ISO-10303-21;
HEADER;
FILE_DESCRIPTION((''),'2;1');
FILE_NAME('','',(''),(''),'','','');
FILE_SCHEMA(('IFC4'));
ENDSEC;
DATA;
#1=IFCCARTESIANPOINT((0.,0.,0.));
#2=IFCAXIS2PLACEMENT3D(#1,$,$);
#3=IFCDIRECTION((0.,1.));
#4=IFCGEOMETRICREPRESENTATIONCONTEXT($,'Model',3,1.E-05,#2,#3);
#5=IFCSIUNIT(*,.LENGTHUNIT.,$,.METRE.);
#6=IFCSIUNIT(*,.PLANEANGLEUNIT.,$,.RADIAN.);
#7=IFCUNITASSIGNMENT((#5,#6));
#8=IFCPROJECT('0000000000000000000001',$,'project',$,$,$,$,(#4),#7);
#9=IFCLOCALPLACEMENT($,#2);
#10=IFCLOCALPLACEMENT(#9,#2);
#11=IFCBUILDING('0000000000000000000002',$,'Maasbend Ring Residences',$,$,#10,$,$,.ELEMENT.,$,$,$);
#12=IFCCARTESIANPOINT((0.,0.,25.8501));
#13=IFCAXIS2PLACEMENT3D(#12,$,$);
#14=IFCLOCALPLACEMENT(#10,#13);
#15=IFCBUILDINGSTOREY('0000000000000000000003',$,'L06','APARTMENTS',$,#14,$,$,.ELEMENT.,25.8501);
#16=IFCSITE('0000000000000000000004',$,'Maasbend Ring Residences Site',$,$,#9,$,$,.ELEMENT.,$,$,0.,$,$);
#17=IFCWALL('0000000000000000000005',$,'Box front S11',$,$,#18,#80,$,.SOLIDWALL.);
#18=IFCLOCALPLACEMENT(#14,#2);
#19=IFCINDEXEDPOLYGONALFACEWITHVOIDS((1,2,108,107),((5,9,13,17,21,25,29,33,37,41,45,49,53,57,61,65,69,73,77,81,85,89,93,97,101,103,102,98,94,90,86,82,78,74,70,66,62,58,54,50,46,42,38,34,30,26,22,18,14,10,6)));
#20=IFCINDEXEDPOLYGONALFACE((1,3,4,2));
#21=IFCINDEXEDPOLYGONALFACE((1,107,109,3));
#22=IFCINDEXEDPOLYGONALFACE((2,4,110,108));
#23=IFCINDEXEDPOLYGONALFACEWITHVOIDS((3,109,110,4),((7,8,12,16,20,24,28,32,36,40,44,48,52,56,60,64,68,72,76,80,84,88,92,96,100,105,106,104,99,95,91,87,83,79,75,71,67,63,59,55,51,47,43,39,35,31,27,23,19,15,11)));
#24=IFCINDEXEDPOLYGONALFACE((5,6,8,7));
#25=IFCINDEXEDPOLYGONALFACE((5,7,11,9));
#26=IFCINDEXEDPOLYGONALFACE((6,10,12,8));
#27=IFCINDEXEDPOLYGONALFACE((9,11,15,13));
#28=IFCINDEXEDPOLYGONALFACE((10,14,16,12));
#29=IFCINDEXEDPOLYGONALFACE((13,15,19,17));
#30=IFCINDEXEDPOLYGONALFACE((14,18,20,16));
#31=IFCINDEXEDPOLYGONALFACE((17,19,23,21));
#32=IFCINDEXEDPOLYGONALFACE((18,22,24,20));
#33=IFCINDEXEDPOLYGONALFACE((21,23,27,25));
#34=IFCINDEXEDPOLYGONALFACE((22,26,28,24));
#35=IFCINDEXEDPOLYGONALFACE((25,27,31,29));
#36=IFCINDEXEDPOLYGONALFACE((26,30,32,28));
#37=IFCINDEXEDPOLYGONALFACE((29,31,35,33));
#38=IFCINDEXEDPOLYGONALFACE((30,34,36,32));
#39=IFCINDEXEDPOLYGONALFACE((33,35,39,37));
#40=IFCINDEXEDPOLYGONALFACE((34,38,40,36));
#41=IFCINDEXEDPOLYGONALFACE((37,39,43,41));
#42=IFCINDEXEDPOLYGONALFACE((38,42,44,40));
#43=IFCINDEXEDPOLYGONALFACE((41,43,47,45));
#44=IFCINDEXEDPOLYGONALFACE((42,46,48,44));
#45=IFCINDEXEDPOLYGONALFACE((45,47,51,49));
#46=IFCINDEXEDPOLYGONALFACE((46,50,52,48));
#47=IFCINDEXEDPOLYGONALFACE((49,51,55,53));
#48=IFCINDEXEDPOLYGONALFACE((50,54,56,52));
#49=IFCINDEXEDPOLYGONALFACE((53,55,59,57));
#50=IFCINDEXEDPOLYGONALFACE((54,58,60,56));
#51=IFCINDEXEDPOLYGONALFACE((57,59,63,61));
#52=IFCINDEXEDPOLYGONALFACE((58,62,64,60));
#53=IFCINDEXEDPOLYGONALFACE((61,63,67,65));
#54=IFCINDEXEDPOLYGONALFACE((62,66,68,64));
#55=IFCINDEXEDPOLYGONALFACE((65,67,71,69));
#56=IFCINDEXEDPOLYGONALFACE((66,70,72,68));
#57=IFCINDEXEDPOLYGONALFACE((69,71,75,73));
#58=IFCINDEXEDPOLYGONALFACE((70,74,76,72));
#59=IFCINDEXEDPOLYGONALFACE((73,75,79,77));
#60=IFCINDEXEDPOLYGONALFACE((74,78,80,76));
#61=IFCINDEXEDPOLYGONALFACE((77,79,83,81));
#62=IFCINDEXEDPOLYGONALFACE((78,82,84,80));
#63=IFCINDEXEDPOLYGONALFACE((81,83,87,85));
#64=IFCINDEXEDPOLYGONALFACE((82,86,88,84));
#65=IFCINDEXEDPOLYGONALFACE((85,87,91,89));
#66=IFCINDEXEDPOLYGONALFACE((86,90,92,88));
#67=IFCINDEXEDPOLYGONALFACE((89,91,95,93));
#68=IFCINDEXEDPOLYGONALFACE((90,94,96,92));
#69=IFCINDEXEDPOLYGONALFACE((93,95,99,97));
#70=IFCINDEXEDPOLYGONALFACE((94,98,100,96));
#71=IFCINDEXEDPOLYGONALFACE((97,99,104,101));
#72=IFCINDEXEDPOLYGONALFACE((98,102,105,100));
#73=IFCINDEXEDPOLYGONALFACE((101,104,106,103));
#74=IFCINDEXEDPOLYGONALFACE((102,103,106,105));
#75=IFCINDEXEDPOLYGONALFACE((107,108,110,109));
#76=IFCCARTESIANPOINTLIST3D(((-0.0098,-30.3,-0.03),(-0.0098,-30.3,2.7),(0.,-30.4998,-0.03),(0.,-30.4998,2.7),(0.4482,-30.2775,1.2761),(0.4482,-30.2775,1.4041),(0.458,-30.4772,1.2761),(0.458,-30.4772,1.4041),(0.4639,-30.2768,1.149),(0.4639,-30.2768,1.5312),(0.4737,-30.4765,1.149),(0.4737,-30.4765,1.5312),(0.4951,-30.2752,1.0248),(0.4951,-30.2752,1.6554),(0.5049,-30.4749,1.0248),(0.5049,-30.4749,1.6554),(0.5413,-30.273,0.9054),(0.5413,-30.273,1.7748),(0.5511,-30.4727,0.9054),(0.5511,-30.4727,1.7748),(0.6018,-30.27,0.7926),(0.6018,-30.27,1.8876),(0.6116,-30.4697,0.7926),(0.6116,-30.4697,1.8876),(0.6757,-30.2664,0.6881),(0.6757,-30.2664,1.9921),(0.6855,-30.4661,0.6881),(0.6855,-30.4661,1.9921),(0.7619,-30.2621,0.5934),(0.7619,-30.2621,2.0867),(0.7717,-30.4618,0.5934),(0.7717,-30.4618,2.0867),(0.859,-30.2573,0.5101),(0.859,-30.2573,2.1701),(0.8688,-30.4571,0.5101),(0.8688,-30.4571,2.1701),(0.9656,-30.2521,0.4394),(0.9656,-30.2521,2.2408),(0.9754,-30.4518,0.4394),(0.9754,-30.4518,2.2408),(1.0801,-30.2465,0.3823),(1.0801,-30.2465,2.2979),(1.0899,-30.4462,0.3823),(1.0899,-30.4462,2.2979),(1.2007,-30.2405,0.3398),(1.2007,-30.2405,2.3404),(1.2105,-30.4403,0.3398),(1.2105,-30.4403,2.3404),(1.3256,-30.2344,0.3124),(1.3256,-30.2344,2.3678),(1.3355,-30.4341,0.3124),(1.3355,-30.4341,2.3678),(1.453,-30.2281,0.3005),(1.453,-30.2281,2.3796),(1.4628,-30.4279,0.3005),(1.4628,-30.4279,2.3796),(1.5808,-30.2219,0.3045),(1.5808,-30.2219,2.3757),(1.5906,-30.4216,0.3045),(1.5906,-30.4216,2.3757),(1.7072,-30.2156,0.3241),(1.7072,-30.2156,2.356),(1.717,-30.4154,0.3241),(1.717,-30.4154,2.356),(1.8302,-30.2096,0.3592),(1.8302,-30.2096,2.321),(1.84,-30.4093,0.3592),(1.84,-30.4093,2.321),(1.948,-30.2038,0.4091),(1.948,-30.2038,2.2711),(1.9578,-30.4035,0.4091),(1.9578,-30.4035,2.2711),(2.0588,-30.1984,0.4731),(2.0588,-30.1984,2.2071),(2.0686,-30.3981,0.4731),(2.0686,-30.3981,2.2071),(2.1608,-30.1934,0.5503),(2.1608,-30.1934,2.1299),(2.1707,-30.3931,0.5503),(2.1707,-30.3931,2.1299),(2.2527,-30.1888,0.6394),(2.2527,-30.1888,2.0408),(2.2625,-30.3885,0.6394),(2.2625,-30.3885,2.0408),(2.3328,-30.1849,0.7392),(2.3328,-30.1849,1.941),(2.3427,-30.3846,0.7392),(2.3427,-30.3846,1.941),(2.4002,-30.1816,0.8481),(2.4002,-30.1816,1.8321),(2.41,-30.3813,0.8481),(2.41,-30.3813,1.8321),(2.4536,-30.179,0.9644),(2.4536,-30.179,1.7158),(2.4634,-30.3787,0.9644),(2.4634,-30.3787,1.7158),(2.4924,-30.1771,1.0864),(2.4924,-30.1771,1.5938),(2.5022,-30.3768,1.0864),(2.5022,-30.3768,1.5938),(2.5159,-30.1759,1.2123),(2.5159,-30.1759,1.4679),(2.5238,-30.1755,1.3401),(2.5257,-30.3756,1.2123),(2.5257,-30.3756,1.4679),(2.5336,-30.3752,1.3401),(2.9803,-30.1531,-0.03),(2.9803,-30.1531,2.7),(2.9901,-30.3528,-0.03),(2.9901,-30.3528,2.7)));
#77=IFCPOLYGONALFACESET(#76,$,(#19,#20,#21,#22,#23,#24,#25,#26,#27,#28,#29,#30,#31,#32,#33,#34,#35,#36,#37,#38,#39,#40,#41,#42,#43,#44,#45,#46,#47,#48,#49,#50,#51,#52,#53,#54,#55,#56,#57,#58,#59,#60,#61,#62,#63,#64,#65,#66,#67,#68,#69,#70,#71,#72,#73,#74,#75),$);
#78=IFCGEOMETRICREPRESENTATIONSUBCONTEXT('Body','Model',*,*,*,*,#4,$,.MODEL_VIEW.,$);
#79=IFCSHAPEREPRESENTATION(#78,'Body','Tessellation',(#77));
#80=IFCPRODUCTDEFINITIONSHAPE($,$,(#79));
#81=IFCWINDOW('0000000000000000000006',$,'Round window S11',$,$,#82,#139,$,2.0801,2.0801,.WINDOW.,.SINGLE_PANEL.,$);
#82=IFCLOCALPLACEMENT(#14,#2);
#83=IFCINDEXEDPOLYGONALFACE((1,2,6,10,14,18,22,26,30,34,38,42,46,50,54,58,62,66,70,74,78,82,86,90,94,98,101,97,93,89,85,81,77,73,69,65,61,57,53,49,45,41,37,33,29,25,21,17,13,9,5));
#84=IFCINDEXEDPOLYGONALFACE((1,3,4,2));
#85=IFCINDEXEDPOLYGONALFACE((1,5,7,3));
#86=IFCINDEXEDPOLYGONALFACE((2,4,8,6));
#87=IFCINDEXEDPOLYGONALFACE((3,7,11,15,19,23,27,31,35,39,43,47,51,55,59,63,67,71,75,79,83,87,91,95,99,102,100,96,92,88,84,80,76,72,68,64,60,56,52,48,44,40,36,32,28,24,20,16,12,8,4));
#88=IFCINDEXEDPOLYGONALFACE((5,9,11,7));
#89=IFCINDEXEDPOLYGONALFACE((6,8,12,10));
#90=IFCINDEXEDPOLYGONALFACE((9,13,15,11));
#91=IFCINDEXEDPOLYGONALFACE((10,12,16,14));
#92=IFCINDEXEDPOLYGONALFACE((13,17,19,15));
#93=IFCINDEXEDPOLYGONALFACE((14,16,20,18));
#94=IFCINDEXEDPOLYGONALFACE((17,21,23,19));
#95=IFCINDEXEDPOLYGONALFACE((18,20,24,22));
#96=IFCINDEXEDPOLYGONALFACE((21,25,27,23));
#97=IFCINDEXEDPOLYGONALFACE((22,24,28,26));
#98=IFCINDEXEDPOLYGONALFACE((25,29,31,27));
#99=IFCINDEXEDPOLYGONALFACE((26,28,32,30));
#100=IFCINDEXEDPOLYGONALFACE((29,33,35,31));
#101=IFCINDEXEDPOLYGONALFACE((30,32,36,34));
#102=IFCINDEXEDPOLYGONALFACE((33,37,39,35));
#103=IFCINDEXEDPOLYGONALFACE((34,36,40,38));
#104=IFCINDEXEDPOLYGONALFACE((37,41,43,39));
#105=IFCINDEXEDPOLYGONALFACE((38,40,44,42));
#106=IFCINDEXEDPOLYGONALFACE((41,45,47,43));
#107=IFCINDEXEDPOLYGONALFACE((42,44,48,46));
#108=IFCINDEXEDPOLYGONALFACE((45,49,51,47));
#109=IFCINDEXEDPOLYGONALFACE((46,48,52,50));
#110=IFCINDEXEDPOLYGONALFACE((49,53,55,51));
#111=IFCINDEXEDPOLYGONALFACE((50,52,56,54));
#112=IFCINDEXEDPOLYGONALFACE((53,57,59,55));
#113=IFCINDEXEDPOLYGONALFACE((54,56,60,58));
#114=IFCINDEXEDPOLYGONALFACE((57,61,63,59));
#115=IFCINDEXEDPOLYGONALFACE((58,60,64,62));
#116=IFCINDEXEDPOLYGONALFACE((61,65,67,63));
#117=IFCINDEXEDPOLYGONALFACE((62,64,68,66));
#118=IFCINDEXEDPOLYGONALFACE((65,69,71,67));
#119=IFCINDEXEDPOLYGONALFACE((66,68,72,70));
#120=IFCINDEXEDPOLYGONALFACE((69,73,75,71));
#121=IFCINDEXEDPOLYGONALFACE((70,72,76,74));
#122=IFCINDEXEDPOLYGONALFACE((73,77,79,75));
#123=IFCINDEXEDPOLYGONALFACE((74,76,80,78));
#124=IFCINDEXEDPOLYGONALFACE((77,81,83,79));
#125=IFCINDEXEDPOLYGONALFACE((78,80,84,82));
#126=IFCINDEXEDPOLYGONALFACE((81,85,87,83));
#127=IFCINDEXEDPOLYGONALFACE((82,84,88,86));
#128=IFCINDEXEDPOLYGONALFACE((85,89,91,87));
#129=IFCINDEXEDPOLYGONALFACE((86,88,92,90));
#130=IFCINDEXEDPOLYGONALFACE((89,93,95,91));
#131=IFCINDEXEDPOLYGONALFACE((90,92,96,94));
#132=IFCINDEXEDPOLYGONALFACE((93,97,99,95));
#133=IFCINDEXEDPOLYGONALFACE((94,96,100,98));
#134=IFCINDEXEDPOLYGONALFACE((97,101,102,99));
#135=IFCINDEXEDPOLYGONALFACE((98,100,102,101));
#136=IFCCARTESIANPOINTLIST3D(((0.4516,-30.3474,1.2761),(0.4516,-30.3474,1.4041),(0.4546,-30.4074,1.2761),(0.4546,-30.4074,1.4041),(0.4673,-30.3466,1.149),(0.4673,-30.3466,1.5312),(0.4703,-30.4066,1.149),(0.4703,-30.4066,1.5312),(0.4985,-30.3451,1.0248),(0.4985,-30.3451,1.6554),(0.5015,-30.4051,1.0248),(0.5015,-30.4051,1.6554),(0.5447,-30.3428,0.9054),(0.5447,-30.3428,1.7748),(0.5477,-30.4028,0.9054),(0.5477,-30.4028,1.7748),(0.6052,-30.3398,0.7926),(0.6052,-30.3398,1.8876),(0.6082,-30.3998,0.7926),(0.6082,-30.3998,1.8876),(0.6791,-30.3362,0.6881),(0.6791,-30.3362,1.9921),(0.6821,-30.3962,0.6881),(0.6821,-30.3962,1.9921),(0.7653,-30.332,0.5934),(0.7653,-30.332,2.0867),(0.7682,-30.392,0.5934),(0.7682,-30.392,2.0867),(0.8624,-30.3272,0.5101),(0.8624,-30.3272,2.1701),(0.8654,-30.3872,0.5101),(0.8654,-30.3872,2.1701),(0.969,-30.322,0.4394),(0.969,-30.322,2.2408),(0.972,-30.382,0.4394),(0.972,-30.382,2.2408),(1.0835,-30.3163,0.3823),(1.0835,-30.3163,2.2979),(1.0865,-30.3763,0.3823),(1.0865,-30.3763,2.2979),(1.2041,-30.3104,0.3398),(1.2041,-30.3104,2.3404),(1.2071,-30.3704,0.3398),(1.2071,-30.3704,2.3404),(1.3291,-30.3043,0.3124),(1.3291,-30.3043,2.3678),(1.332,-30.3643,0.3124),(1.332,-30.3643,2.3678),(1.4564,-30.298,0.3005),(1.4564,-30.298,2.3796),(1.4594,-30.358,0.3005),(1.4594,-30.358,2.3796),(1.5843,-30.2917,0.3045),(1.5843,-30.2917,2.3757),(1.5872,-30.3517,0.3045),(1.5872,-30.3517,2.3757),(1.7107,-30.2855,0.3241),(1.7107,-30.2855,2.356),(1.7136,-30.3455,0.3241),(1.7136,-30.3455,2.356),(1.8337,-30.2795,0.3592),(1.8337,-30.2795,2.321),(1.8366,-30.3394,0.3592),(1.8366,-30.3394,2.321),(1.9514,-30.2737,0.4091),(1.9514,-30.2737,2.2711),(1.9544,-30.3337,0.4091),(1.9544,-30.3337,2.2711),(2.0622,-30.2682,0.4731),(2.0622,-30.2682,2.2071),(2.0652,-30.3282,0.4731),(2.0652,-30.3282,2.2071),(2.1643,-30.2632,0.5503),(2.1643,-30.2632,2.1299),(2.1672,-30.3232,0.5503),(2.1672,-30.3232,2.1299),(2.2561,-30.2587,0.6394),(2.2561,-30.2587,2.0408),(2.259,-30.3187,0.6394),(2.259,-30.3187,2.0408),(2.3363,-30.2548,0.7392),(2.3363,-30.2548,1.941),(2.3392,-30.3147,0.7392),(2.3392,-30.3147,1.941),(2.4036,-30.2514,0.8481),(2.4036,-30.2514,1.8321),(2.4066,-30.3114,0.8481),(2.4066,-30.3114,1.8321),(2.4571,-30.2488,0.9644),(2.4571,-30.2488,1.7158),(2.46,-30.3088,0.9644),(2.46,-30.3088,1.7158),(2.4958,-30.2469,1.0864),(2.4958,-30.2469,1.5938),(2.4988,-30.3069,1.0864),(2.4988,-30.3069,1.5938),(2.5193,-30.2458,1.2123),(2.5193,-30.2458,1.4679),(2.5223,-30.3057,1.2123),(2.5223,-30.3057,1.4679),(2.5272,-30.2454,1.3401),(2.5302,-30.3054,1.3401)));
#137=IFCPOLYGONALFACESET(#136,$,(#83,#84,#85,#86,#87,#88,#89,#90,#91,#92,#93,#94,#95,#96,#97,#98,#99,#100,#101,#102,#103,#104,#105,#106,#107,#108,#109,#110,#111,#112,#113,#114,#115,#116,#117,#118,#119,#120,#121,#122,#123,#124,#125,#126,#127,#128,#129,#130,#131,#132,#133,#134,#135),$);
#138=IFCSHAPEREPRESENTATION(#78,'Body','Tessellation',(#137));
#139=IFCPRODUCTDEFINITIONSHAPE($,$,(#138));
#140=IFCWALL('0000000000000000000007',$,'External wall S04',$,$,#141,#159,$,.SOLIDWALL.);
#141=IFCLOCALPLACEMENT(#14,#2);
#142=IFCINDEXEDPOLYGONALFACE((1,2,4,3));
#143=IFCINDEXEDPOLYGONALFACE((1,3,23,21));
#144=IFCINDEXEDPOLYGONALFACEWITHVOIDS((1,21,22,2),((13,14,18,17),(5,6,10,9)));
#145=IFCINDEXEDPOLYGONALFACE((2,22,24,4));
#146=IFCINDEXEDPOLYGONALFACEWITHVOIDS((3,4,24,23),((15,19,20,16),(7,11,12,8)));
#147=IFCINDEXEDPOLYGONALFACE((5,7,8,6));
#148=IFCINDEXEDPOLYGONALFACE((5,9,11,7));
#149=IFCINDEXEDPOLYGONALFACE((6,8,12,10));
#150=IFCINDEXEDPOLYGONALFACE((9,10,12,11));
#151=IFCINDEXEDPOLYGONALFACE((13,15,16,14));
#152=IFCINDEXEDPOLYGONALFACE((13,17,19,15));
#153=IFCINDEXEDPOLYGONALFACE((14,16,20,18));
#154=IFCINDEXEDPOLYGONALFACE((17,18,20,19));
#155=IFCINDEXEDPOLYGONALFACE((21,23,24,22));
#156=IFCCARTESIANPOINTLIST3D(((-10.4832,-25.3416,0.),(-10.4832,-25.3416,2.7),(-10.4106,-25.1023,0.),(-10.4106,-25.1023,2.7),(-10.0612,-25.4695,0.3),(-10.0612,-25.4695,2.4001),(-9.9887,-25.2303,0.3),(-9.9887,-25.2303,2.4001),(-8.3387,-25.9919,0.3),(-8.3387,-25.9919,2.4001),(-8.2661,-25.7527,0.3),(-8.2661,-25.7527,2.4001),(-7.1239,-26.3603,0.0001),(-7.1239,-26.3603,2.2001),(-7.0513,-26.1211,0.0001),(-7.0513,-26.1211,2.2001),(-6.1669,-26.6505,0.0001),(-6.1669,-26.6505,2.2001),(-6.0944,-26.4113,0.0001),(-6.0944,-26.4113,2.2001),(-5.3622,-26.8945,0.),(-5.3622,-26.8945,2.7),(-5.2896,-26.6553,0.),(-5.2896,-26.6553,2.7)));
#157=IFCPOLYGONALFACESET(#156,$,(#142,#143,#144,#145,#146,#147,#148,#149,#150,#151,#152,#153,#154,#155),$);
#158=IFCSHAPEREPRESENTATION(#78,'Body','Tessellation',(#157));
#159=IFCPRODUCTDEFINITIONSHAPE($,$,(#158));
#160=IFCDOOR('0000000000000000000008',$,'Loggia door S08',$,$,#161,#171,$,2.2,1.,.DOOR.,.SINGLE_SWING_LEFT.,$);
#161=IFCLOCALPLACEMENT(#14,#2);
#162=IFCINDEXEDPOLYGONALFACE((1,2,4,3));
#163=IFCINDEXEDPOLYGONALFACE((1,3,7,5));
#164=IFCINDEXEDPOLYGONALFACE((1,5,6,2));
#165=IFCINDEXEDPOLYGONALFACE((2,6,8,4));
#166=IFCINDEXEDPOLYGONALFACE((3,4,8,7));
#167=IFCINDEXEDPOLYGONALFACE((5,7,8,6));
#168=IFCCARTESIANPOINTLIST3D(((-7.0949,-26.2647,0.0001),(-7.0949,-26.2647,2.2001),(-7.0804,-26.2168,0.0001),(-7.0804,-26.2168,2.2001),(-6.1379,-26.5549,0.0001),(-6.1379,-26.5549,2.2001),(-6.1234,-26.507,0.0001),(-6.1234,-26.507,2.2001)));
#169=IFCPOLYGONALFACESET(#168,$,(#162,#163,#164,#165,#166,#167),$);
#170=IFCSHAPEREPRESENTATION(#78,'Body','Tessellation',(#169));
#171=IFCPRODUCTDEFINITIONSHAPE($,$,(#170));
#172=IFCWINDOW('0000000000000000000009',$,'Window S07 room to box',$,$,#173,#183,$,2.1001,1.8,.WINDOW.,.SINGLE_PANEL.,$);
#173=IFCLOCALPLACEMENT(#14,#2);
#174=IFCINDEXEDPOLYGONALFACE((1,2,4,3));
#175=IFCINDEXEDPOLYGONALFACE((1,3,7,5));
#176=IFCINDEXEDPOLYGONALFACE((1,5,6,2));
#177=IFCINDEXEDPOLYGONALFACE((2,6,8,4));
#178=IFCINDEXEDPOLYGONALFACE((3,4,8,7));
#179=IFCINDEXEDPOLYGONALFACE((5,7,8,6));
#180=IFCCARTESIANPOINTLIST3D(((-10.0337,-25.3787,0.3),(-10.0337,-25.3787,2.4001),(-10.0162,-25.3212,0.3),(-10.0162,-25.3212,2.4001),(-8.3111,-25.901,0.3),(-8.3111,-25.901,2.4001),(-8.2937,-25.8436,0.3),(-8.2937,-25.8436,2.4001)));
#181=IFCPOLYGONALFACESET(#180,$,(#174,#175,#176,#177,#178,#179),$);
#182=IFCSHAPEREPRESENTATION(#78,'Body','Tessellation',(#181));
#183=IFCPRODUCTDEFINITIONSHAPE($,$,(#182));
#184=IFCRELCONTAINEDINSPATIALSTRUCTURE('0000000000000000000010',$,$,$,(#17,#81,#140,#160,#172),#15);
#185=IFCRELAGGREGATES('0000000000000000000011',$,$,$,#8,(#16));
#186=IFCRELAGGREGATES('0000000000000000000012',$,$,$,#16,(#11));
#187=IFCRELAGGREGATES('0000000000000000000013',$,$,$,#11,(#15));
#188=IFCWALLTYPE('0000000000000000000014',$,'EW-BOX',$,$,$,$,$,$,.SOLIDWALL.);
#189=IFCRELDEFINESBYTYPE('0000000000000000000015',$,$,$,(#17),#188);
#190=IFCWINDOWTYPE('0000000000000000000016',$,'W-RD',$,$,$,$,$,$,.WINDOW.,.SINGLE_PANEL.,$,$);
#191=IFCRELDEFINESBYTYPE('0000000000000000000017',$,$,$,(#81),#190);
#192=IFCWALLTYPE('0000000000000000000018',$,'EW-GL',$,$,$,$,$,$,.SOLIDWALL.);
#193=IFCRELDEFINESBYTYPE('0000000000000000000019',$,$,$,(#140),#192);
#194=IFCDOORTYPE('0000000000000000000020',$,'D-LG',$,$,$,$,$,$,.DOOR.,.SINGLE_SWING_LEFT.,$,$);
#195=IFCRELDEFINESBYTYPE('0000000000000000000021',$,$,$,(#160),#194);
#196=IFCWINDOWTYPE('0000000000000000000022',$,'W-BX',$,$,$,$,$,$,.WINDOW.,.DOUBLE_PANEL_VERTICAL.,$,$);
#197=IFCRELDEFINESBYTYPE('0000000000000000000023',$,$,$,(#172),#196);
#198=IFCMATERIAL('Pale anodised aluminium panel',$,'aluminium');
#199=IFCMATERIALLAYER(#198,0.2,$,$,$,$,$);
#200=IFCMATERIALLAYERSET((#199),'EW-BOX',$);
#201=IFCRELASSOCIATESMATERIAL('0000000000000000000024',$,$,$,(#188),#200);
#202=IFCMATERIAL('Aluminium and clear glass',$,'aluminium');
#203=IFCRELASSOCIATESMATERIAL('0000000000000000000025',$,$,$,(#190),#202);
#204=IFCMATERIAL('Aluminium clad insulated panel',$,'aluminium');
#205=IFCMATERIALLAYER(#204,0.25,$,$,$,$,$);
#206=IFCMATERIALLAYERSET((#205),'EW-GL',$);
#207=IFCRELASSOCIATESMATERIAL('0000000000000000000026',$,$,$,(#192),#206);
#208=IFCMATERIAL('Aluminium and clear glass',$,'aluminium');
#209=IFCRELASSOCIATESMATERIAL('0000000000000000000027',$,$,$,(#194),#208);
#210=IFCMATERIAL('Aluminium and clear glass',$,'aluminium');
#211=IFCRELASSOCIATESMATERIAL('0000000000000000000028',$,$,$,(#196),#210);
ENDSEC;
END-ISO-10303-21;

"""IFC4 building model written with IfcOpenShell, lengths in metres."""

from ifc_helpers import new_model, si_unit, direction, frame, frame_2d, origin, place, context, subcontext, project, spatial, rectangle, circle, extrude, material, layer, layer_set, type_object, element, fill, save


model = new_model("IFC4")

# Units and contexts
model_context = context("Model", 3, precision=1e-05, world=origin(), true_north=direction((0.0, 1.0)))
body_context = subcontext(model_context, "Body", "Model", "MODEL_VIEW")
ifc_project = project(units=[si_unit("LENGTHUNIT", "METRE"), si_unit("PLANEANGLEUNIT", "RADIAN")], contexts=[model_context])

# Site, building, storey
site_placement = place(None, origin())
site = spatial("IfcSite", under=ifc_project, at=site_placement, Name="Maasbend Ring Residences Site", CompositionType="ELEMENT", RefElevation=0.0)
building_placement = place(site_placement, origin())
building = spatial("IfcBuilding", under=site, at=building_placement, Name="Maasbend Ring Residences", CompositionType="ELEMENT")
storey_placement = place(building_placement, frame((0.0, 0.0, 25.8501)))
storey = spatial("IfcBuildingStorey", under=building, at=storey_placement, Name="L06", Description="APARTMENTS", CompositionType="ELEMENT", Elevation=25.8501)

# Shared definitions
ifc_material_1 = material(Name="Pale anodised aluminium panel", Category="aluminium")
ifc_layer_1 = layer(ifc_material_1, 0.2)
ifc_layer_set_1 = layer_set([ifc_layer_1], Name="EW-BOX")
wall_type_1 = type_object("IfcWallType", Name="EW-BOX", PredefinedType="SOLIDWALL", material=ifc_layer_set_1)

# Shared definitions
ifc_material_2 = material(Name="Aluminium and clear glass", Category="aluminium")
window_type_1 = type_object("IfcWindowType", Name="W-RD", PartitioningType="SINGLE_PANEL", PredefinedType="WINDOW", material=ifc_material_2)

# Wall, opening, window
wall_1_placement = place(storey_placement, frame((-0.0049, -30.3999, -0.03), z_axis=(0.0, 0.0, 1.0), x_axis=(0.998794, 0.049096, 0.0)))
wall_1 = element("IfcWall", 1, at=wall_1_placement, inside=storey, type_object=wall_type_1, Name="Box front S11", PredefinedType="SOLIDWALL", context=body_context, shape_type="SweptSolid", body=[
    extrude(rectangle(XDim=2.9937, YDim=0.2, at=frame_2d((1.4968, 0.0))), origin(), (0.0, 0.0, 1.0), 2.73),
])
opening_1_placement = place(wall_1_placement, frame((0.4565, 0.0, 0.3301)))
opening_1 = element("IfcOpeningElement", 2, at=opening_1_placement, cuts=wall_1, PredefinedType="OPENING", context=body_context, shape_type="SweptSolid", body=[
    extrude(circle(Radius=1.04, at=frame_2d((1.04, 1.04))), frame((0.0, 0.1099, 0.0), z_axis=(0.0, -1.0, 0.0), x_axis=(1.0, 0.0, 0.0)), (0.0, 0.0, 1.0), 0.22),
])
window_1_placement = place(opening_1_placement, origin())
window_1 = element("IfcWindow", 3, at=window_1_placement, inside=storey, type_object=window_type_1, Name="Round window S11", OverallHeight=2.0801, OverallWidth=2.0801, PartitioningType="SINGLE_PANEL", PredefinedType="WINDOW", context=body_context, shape_type="SweptSolid", body=[
    extrude(circle(Radius=1.04, at=frame_2d((1.04, 1.04))), frame((0.0, 0.03, 0.0), z_axis=(0.0, -1.0, 0.0), x_axis=(1.0, 0.0, 0.0)), (0.0, 0.0, 1.0), 0.0601),
])
fill(opening_1, window_1)

# Wall, openings, door, window
ifc_material_3 = material(Name="Aluminium clad insulated panel", Category="aluminium")
ifc_layer_2 = layer(ifc_material_3, 0.25)
ifc_layer_set_2 = layer_set([ifc_layer_2], Name="EW-GL")
wall_type_2 = type_object("IfcWallType", Name="EW-GL", PredefinedType="SOLIDWALL", material=ifc_layer_set_2)
wall_2_placement = place(storey_placement, frame((-10.447, -25.2219, 0.0), z_axis=(0.0, 0.0, 1.0), x_axis=(0.956966, -0.290201, 0.0)))
wall_2 = element("IfcWall", 4, at=wall_2_placement, inside=storey, type_object=wall_type_2, Name="External wall S04", PredefinedType="SOLIDWALL", context=body_context, shape_type="SweptSolid", body=[
    extrude(rectangle(XDim=5.3513, YDim=0.25, at=frame_2d((2.6758, 0.0))), origin(), (0.0, 0.0, 1.0), 2.7),
])
opening_2_placement = place(wall_2_placement, frame((0.4412, 0.0, 0.3)))
opening_2 = element("IfcOpeningElement", 5, at=opening_2_placement, cuts=wall_2, PredefinedType="OPENING", context=body_context, shape_type="SweptSolid", body=[
    extrude(rectangle(XDim=1.8, YDim=2.1001, at=frame_2d((0.8999, 1.05))), frame((0.0, 0.135, 0.0), z_axis=(0.0, -1.0, 0.0), x_axis=(1.0, 0.0, 0.0)), (0.0, 0.0, 1.0), 0.27),
])
opening_3_placement = place(wall_2_placement, frame((3.5105, 0.0, 0.0)))
opening_3 = element("IfcOpeningElement", 6, at=opening_3_placement, cuts=wall_2, PredefinedType="OPENING", context=body_context, shape_type="SweptSolid", body=[
    extrude(rectangle(XDim=1.0, YDim=2.2, at=frame_2d((0.5, 1.1001))), frame((0.0, 0.135, 0.0), z_axis=(0.0, -1.0, 0.0), x_axis=(1.0, 0.0, 0.0)), (0.0, 0.0, 1.0), 0.27),
])
ifc_material_4 = material(Name="Aluminium and clear glass", Category="aluminium")
door_type_1 = type_object("IfcDoorType", Name="D-LG", OperationType="SINGLE_SWING_LEFT", PredefinedType="DOOR", material=ifc_material_4)
door_1_placement = place(opening_3_placement, origin())
door_1 = element("IfcDoor", 7, at=door_1_placement, inside=storey, type_object=door_type_1, Name="Loggia door S08", OperationType="SINGLE_SWING_LEFT", OverallHeight=2.2, OverallWidth=1.0, PredefinedType="DOOR", context=body_context, shape_type="SweptSolid", body=[
    extrude(rectangle(XDim=1.0, YDim=2.2, at=frame_2d((0.5, 1.1001))), frame((0.0, 0.0249, 0.0), z_axis=(0.0, -1.0, 0.0), x_axis=(1.0, 0.0, 0.0)), (0.0, 0.0, 1.0), 0.05),
])
fill(opening_3, door_1)
ifc_material_5 = material(Name="Aluminium and clear glass", Category="aluminium")
window_type_2 = type_object("IfcWindowType", Name="W-BX", PartitioningType="DOUBLE_PANEL_VERTICAL", PredefinedType="WINDOW", material=ifc_material_5)
window_2_placement = place(opening_2_placement, origin())
window_2 = element("IfcWindow", 8, at=window_2_placement, inside=storey, type_object=window_type_2, Name="Window S07 room to box", OverallHeight=2.1001, OverallWidth=1.8, PartitioningType="SINGLE_PANEL", PredefinedType="WINDOW", context=body_context, shape_type="SweptSolid", body=[
    extrude(rectangle(XDim=1.8, YDim=2.1001, at=frame_2d((0.8999, 1.05))), frame((0.0, 0.03, 0.0), z_axis=(0.0, -1.0, 0.0), x_axis=(1.0, 0.0, 0.0)), (0.0, 0.0, 1.0), 0.0601),
])
fill(opening_2, window_2)

save(model, "model.ifc")
